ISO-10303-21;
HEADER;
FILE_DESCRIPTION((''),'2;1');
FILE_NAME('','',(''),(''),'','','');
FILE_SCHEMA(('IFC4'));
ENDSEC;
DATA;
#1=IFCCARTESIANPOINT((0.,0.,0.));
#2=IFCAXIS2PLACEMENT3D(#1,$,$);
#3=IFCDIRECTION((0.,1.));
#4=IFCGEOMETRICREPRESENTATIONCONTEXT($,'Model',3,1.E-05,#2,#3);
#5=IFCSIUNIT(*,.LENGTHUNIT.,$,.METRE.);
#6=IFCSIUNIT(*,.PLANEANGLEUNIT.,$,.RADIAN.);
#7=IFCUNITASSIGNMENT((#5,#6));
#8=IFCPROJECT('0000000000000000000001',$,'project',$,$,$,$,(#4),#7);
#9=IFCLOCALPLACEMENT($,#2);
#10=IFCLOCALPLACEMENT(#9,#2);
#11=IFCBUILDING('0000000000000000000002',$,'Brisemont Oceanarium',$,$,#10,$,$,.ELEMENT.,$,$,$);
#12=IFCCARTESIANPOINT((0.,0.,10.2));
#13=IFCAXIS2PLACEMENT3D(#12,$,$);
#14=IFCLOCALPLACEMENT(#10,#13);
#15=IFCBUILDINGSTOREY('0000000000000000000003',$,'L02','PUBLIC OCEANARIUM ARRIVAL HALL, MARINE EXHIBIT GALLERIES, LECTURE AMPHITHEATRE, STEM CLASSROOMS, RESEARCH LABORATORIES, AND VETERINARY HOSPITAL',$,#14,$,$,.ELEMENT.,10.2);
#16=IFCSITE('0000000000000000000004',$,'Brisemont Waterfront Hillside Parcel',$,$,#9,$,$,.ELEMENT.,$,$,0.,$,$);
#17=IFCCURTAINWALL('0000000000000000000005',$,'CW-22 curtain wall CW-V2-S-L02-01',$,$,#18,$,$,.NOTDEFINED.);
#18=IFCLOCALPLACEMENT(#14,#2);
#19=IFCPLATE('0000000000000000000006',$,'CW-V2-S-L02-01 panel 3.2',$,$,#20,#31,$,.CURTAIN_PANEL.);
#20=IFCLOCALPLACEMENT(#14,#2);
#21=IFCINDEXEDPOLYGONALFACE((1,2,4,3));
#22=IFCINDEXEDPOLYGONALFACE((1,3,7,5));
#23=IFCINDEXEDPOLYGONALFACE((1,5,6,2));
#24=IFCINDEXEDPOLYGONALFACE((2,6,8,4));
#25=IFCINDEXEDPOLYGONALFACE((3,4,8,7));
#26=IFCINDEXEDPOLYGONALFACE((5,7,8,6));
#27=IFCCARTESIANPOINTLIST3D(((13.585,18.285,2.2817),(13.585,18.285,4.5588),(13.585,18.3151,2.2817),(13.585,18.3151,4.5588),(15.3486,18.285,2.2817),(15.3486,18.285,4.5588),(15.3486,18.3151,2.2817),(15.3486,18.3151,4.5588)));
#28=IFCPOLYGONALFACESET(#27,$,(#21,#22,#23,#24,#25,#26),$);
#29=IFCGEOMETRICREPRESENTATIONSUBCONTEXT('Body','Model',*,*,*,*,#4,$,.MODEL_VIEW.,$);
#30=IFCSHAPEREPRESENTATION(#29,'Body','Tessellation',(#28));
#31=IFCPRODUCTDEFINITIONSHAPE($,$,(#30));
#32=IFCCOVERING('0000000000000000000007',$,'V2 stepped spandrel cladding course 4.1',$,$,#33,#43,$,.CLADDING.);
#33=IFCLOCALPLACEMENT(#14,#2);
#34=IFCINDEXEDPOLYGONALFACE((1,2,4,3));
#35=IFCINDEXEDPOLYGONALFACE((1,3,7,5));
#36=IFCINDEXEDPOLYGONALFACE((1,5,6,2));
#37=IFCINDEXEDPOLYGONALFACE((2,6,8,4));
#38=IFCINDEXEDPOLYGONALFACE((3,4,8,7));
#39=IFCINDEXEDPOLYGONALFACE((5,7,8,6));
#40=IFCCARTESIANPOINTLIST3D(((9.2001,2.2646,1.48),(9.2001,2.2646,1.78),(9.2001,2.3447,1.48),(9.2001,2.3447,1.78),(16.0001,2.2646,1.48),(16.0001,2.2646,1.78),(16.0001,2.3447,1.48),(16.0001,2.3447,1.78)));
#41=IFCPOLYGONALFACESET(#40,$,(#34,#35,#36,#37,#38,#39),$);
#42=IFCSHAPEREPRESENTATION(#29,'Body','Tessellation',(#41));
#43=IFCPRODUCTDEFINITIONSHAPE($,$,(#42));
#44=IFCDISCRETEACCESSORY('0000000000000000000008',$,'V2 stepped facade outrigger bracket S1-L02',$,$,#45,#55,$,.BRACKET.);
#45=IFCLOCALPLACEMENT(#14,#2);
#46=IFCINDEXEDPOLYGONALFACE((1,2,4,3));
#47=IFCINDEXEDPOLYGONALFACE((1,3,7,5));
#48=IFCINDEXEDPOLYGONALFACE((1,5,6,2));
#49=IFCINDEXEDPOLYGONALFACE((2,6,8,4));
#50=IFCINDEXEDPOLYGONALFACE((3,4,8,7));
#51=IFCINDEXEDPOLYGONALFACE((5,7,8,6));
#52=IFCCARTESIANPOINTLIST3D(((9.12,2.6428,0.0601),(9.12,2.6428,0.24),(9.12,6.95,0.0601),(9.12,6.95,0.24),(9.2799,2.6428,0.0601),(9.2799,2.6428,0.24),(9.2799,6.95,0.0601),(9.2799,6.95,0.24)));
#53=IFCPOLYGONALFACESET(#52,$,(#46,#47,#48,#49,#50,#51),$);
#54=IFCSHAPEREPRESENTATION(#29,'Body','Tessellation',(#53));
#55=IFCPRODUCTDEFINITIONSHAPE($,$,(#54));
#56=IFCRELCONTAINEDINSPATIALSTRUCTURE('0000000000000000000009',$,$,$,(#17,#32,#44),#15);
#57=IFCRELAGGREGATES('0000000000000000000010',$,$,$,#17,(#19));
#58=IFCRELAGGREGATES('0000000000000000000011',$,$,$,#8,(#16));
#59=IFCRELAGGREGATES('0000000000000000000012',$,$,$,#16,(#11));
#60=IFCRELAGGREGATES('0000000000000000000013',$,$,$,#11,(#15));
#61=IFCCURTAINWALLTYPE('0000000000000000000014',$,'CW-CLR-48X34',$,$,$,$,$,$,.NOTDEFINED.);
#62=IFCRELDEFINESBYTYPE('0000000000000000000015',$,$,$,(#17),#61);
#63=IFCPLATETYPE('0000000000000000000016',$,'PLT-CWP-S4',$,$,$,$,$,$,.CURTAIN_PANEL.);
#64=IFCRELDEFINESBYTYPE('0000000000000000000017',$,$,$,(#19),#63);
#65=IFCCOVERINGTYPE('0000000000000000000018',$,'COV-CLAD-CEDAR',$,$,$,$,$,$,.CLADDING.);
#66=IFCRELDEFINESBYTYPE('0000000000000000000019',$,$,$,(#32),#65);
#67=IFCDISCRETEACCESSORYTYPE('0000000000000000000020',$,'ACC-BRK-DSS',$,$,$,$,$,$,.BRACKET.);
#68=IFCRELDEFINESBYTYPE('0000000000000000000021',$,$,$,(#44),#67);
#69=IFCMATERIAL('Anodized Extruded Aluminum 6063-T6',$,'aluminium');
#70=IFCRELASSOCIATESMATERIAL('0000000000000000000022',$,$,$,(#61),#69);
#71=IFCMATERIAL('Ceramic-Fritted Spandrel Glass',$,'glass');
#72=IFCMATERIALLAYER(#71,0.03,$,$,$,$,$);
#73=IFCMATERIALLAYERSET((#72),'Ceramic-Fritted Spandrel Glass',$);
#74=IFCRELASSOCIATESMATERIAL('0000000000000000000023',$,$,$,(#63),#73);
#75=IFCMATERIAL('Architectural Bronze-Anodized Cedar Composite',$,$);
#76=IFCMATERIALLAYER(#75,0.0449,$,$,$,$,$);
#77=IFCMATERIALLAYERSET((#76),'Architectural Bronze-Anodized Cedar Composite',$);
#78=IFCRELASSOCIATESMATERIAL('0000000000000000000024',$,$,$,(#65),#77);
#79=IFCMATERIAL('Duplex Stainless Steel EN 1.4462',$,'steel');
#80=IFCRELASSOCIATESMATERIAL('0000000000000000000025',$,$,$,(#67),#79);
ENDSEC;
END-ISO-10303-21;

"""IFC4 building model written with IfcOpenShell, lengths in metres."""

from ifc_helpers import new_model, si_unit, direction, frame, origin, origin_2d, place, context, subcontext, project, spatial, rectangle, extrude, material, layer, layer_set, type_object, element, aggregate, save


model = new_model("IFC4")

# Units and contexts
model_context = context("Model", 3, precision=1e-05, world=origin(), true_north=direction((0.0, 1.0)))
body_context = subcontext(model_context, "Body", "Model", "MODEL_VIEW")
ifc_project = project(units=[si_unit("LENGTHUNIT", "METRE"), si_unit("PLANEANGLEUNIT", "RADIAN")], contexts=[model_context])

# Site, building, storey
site_placement = place(None, origin())
site = spatial("IfcSite", under=ifc_project, at=site_placement, Name="Brisemont Waterfront Hillside Parcel", CompositionType="ELEMENT", RefElevation=0.0)
building_placement = place(site_placement, origin())
building = spatial("IfcBuilding", under=site, at=building_placement, Name="Brisemont Oceanarium", CompositionType="ELEMENT")
storey_placement = place(building_placement, frame((0.0, 0.0, 10.2)))
storey = spatial("IfcBuildingStorey", under=building, at=storey_placement, Name="L02", Description="PUBLIC OCEANARIUM ARRIVAL HALL, MARINE EXHIBIT GALLERIES, LECTURE AMPHITHEATRE, STEM CLASSROOMS, RESEARCH LABORATORIES, AND VETERINARY HOSPITAL", CompositionType="ELEMENT", Elevation=10.2)

# Curtain wall
ifc_material_1 = material(Name="Anodized Extruded Aluminum 6063-T6", Category="aluminium")
curtain_wall_type = type_object("IfcCurtainWallType", Name="CW-CLR-48X34", PredefinedType="NOTDEFINED", material=ifc_material_1)
curtain_wall_placement = place(storey_placement, origin())
curtain_wall = element("IfcCurtainWall", 1, at=curtain_wall_placement, inside=storey, type_object=curtain_wall_type, Name="CW-22 curtain wall CW-V2-S-L02-01", PredefinedType="NOTDEFINED")

# Plate
ifc_material_2 = material(Name="Ceramic-Fritted Spandrel Glass", Category="glass")
ifc_layer_1 = layer(ifc_material_2, 0.03)
ifc_layer_set_1 = layer_set([ifc_layer_1], Name="Ceramic-Fritted Spandrel Glass")
plate_type = type_object("IfcPlateType", Name="PLT-CWP-S4", PredefinedType="CURTAIN_PANEL", material=ifc_layer_set_1)
plate_1_placement = place(storey_placement, frame((14.4668, 18.3, 2.2817), z_axis=(0.0, 0.0, 1.0), x_axis=(1.0, 0.0, 0.0)))
plate_1 = element("IfcPlate", 2, at=plate_1_placement, type_object=plate_type, Name="CW-V2-S-L02-01 panel 3.2", PredefinedType="CURTAIN_PANEL", context=body_context, shape_type="SweptSolid", body=[
    extrude(rectangle(XDim=1.7637, YDim=0.03, at=origin_2d()), origin(), (0.0, 0.0, 1.0), 2.2771),
])
aggregate(curtain_wall, [plate_1])

# Covering
ifc_material_3 = material(Name="Architectural Bronze-Anodized Cedar Composite")
ifc_layer_2 = layer(ifc_material_3, 0.0449)
ifc_layer_set_2 = layer_set([ifc_layer_2], Name="Architectural Bronze-Anodized Cedar Composite")
covering_type = type_object("IfcCoveringType", Name="COV-CLAD-CEDAR", PredefinedType="CLADDING", material=ifc_layer_set_2)
covering_placement = place(storey_placement, frame((12.6001, 2.3047, 1.48), z_axis=(0.0, 0.0, 1.0), x_axis=(1.0, 0.0, 0.0)))
element("IfcCovering", 3, at=covering_placement, inside=storey, type_object=covering_type, Name="V2 stepped spandrel cladding course 4.1", PredefinedType="CLADDING", context=body_context, shape_type="SweptSolid", body=[
    extrude(rectangle(XDim=6.8, YDim=0.0801, at=origin_2d()), origin(), (0.0, 0.0, 1.0), 0.3),
])

# Discrete accessory
ifc_material_4 = material(Name="Duplex Stainless Steel EN 1.4462", Category="steel")
discrete_accessory_type = type_object("IfcDiscreteAccessoryType", Name="ACC-BRK-DSS", PredefinedType="BRACKET", material=ifc_material_4)
discrete_accessory_placement = place(storey_placement, frame((9.2, 4.7964, 0.0601), z_axis=(0.0, 0.0, 1.0), x_axis=(1.0, 0.0, 0.0)))
element("IfcDiscreteAccessory", 4, at=discrete_accessory_placement, inside=storey, type_object=discrete_accessory_type, Name="V2 stepped facade outrigger bracket S1-L02", PredefinedType="BRACKET", context=body_context, shape_type="SweptSolid", body=[
    extrude(rectangle(XDim=0.1599, YDim=4.3071, at=origin_2d()), origin(), (0.0, 0.0, 1.0), 0.1799),
])

save(model, "model.ifc")
